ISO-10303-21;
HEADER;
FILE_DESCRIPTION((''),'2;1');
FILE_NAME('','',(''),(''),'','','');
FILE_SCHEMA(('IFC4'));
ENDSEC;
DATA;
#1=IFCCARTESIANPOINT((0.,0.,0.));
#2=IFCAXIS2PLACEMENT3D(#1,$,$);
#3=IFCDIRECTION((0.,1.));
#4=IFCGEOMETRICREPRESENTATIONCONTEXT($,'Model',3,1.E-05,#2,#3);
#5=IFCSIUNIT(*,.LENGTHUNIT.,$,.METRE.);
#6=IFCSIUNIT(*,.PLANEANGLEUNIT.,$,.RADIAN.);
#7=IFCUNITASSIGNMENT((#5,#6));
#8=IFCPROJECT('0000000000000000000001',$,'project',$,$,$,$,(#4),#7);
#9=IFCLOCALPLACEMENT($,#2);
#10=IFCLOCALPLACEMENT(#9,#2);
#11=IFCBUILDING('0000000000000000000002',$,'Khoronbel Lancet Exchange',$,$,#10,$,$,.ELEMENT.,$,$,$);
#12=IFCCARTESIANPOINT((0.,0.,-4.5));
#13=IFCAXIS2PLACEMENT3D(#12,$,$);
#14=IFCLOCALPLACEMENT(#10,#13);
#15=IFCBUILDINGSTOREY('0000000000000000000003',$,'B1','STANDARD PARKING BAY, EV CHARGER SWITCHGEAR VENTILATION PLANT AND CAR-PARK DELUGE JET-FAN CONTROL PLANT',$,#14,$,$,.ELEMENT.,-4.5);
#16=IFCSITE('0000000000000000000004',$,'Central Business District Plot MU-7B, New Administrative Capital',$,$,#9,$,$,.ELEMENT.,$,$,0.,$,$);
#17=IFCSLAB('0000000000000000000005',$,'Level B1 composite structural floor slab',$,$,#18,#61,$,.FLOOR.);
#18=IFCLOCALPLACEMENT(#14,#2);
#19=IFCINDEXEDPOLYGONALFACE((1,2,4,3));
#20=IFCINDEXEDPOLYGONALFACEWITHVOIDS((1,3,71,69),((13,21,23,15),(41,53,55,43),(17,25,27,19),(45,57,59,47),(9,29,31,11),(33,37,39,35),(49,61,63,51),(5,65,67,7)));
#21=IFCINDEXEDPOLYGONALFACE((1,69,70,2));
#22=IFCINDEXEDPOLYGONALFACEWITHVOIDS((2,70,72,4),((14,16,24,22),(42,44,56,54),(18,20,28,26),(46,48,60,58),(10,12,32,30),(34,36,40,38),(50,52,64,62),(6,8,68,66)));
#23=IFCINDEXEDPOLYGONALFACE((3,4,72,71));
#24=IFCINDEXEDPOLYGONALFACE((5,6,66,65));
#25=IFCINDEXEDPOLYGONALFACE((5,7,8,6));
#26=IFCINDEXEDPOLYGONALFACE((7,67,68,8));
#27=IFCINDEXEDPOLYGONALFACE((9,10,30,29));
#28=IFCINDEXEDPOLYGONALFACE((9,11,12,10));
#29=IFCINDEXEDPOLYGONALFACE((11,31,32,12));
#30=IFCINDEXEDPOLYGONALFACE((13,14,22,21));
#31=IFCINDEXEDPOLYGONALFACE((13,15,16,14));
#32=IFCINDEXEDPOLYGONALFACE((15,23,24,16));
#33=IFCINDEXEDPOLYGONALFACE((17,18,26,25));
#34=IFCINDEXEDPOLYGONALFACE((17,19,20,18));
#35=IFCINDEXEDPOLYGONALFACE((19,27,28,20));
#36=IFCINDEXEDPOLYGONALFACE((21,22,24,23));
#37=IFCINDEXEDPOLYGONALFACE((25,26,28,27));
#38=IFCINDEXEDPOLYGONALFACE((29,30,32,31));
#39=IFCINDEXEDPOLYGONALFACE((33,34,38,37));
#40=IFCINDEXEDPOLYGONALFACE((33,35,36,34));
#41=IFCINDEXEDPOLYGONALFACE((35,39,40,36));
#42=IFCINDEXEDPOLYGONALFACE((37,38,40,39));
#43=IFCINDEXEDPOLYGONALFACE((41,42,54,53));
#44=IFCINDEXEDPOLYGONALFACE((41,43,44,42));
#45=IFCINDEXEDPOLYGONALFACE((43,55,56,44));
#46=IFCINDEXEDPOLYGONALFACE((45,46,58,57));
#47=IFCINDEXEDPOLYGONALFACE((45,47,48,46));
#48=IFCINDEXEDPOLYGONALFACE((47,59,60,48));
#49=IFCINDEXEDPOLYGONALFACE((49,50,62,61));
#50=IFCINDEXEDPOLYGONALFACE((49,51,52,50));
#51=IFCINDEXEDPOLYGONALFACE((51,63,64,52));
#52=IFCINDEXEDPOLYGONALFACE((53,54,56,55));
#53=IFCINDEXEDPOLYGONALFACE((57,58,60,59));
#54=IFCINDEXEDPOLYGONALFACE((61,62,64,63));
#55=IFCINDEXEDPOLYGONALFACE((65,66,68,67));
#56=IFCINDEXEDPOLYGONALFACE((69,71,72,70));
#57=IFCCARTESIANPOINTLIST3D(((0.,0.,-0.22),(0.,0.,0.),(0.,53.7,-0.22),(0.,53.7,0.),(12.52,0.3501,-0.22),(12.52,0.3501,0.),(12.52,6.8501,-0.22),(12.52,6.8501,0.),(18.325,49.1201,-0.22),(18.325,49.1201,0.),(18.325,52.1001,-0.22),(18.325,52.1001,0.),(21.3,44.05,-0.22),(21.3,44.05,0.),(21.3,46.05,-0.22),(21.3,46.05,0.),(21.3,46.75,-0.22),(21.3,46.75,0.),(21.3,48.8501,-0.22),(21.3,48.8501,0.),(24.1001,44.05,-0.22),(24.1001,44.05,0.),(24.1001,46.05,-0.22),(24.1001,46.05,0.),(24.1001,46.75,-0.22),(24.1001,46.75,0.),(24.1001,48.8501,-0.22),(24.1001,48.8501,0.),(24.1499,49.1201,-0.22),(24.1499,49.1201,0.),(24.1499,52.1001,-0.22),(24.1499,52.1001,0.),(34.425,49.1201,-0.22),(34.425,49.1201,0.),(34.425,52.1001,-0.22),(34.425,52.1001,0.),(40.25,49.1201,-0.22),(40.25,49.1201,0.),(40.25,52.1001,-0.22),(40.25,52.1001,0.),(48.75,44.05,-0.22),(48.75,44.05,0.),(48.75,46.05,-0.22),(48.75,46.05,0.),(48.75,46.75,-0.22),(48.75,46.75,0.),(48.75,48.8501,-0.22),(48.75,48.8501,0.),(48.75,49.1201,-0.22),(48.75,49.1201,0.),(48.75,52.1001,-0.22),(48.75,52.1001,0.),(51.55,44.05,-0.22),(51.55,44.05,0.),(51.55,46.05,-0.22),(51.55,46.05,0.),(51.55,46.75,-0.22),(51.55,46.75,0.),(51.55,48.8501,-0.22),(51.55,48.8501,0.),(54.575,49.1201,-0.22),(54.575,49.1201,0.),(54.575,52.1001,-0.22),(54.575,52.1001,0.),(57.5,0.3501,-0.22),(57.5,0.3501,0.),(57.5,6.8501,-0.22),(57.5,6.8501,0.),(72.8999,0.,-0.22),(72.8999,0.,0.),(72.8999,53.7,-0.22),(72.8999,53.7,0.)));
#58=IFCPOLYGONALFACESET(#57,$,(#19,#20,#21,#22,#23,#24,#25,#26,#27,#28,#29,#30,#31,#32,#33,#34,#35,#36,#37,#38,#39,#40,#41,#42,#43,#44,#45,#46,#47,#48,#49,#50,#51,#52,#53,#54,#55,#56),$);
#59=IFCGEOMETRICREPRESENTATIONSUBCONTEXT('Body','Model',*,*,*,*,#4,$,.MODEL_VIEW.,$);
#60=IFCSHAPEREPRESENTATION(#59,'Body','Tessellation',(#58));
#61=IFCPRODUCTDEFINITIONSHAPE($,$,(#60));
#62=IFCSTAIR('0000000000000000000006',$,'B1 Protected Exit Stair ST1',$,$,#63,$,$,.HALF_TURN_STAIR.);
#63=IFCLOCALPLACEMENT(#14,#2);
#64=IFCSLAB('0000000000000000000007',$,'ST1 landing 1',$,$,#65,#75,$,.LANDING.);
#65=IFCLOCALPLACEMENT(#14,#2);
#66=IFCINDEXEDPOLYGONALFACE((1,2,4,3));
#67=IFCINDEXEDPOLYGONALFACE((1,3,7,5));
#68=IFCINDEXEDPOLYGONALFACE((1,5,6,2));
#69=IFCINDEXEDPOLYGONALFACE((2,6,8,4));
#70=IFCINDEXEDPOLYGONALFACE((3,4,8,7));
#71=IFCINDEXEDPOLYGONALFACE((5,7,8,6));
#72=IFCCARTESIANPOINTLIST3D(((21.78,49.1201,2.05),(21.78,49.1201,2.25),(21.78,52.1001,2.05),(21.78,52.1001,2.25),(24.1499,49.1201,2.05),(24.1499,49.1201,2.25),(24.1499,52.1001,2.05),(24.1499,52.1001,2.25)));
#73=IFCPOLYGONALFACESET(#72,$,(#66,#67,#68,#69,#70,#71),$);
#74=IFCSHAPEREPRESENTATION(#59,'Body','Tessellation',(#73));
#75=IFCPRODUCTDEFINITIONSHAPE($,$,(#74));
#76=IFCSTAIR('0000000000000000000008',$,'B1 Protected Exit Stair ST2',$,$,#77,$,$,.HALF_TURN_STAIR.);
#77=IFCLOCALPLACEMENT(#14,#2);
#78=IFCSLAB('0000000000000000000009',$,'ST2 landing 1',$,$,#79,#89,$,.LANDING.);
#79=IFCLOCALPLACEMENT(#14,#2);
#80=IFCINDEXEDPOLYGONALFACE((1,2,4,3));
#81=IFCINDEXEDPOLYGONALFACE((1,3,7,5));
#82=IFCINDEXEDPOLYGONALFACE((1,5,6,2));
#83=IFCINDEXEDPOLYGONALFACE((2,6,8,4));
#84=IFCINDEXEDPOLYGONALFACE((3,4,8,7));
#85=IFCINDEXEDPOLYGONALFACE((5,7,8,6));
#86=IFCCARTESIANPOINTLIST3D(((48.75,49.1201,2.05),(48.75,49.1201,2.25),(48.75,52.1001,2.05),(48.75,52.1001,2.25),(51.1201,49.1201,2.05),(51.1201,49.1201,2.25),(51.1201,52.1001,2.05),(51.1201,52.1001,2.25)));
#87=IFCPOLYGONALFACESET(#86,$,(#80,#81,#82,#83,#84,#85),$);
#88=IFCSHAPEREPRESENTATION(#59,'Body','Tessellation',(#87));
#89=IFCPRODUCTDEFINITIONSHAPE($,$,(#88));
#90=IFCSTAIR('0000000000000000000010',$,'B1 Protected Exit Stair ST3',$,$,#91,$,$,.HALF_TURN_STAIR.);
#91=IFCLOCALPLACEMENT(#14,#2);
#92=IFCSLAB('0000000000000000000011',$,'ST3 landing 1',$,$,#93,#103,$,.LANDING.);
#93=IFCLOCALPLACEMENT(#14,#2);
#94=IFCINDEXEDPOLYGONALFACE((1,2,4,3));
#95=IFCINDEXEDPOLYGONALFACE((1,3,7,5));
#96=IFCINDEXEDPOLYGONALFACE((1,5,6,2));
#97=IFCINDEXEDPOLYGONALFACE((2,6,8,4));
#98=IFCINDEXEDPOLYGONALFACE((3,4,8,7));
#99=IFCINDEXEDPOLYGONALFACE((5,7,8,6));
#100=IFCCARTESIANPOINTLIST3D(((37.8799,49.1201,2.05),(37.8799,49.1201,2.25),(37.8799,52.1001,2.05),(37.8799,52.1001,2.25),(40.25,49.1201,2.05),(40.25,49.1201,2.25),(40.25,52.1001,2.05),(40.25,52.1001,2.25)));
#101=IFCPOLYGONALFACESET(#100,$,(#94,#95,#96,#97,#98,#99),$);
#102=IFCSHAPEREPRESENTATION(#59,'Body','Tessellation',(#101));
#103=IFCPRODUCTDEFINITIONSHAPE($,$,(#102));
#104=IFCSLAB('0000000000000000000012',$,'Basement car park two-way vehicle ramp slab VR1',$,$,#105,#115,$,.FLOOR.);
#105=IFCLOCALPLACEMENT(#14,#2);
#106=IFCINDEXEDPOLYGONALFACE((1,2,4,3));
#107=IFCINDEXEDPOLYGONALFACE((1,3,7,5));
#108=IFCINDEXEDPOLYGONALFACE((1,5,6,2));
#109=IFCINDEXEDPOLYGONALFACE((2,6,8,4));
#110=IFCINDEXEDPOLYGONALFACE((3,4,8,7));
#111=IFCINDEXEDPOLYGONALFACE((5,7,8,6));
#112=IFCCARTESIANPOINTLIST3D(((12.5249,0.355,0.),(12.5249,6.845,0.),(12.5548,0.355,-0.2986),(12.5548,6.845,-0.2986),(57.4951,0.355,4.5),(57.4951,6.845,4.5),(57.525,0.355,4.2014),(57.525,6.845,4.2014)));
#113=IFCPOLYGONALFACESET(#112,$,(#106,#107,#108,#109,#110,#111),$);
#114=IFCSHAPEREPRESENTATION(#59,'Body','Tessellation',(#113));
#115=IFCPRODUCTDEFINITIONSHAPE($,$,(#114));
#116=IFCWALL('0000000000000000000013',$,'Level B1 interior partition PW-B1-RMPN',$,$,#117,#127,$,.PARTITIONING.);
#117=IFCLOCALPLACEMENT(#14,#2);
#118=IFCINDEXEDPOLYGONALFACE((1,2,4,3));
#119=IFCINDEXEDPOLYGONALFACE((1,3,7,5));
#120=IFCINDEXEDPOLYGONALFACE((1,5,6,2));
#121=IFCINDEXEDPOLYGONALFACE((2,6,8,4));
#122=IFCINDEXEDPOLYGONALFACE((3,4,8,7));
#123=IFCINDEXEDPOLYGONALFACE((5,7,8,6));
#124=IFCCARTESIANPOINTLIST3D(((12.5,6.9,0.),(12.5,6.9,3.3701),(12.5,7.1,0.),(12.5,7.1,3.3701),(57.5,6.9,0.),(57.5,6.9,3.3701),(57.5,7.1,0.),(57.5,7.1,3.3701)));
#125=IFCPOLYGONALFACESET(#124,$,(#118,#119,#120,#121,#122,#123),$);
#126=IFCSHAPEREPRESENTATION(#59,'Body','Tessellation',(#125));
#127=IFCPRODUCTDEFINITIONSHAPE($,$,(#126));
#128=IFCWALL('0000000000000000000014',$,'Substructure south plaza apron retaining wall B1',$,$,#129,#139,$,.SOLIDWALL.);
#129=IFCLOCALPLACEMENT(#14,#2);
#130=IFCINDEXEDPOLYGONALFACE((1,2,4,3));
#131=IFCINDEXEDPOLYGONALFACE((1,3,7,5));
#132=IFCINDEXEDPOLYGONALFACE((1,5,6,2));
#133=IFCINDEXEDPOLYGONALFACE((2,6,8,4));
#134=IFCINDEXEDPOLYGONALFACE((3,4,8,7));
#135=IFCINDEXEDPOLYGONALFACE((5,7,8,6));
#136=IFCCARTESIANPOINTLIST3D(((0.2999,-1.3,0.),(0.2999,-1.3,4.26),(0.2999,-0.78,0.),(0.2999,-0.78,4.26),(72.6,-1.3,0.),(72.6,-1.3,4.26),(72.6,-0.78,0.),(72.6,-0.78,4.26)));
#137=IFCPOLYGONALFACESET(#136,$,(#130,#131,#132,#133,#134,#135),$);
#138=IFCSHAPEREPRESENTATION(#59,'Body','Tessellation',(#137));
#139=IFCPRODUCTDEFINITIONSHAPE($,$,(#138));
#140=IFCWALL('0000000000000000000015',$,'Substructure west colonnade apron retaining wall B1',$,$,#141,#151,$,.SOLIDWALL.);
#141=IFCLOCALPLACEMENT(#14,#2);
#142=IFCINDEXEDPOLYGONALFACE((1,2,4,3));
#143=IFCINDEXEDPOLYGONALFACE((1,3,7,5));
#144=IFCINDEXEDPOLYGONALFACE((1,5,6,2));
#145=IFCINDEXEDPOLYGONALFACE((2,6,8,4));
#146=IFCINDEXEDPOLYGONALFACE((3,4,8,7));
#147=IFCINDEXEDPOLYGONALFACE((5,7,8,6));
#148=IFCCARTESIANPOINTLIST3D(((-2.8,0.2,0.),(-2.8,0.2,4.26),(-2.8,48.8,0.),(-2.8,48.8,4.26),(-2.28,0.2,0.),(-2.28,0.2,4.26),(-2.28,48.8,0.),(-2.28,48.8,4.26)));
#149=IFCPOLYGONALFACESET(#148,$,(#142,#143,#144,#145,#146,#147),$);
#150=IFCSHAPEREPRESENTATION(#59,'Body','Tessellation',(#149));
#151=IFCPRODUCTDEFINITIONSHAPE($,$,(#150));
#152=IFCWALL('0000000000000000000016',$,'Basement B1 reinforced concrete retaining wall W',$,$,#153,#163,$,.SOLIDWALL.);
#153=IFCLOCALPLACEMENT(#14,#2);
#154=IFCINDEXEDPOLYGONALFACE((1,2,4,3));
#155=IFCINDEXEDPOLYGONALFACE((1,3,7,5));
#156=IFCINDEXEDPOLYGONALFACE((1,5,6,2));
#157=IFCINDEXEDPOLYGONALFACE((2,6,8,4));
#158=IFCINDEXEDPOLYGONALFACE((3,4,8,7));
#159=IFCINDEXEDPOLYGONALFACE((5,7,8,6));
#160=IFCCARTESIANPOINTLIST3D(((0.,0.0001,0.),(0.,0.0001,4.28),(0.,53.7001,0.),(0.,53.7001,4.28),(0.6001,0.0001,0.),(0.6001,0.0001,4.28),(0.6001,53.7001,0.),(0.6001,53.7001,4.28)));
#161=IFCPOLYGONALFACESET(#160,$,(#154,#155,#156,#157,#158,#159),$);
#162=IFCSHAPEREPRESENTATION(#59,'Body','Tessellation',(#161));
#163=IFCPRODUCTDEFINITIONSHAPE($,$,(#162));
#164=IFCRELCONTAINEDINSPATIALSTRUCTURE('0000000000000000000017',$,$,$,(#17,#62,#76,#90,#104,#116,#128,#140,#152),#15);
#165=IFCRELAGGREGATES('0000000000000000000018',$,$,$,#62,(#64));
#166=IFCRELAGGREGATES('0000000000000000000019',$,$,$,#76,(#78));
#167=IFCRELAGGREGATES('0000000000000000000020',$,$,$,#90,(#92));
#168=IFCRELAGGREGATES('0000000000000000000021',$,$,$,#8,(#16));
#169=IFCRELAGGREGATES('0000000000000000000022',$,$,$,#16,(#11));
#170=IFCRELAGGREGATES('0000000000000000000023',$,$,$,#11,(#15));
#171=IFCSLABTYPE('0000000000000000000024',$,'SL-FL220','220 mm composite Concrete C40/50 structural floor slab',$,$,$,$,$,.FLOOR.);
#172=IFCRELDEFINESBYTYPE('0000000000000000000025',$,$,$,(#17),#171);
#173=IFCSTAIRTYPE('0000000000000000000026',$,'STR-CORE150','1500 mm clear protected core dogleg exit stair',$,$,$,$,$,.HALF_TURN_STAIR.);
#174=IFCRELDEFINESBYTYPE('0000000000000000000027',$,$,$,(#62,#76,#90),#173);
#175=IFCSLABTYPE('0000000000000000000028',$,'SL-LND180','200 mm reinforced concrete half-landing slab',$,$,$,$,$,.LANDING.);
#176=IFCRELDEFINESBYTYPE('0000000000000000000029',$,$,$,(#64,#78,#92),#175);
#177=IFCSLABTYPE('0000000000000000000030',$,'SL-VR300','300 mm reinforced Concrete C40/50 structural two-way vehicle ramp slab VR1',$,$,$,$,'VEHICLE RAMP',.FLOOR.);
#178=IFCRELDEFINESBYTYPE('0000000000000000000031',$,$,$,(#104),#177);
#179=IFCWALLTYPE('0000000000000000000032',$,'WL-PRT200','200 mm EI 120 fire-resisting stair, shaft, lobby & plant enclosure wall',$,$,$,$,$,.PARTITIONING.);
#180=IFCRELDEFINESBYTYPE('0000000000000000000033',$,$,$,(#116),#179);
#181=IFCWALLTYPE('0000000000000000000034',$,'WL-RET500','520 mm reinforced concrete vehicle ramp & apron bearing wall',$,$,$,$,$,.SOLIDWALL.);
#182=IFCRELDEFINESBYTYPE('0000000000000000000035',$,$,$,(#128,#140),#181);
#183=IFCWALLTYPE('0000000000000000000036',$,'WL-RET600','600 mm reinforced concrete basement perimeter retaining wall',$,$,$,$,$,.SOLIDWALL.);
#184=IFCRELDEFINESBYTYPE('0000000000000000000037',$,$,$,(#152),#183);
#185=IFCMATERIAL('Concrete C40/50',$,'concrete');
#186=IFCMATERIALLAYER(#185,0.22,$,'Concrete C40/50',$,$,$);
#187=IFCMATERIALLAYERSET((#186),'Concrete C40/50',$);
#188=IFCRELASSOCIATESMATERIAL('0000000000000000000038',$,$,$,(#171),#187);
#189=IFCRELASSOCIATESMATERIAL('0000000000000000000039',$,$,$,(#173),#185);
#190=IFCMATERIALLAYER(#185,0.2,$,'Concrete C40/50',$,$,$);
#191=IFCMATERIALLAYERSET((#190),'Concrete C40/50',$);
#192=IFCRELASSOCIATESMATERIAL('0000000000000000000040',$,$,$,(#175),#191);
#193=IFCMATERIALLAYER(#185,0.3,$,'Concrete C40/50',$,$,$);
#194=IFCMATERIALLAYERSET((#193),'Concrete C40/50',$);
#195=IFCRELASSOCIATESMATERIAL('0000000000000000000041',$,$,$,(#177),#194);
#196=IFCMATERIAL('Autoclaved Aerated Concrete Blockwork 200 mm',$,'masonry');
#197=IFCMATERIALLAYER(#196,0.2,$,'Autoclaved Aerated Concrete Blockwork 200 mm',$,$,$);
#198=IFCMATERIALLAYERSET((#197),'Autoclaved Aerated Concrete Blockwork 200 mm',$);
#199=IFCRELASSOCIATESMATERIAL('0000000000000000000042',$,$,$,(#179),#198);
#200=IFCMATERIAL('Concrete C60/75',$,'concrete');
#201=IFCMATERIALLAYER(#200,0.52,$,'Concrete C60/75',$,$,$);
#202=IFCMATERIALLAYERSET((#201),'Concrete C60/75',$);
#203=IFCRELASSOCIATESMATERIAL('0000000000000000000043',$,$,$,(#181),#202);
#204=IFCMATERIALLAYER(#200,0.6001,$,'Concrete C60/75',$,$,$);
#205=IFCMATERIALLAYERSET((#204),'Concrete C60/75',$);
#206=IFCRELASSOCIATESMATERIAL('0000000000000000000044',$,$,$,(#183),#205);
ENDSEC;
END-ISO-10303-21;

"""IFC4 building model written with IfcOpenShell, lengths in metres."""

from ifc_helpers import new_model, si_unit, direction, frame, frame_2d, origin, place, context, subcontext, project, spatial, polyline, rectangle, outline, extrude, material, layer, layer_set, type_object, element, aggregate, save


model = new_model("IFC4")

# Units and contexts
model_context = context("Model", 3, precision=1e-05, world=origin(), true_north=direction((0.0, 1.0)))
body_context = subcontext(model_context, "Body", "Model", "MODEL_VIEW")
ifc_project = project(units=[si_unit("LENGTHUNIT", "METRE"), si_unit("PLANEANGLEUNIT", "RADIAN")], contexts=[model_context])

# Site, building, storey
site_placement = place(None, origin())
site = spatial("IfcSite", under=ifc_project, at=site_placement, Name="Central Business District Plot MU-7B, New Administrative Capital", CompositionType="ELEMENT", RefElevation=0.0)
building_placement = place(site_placement, origin())
building = spatial("IfcBuilding", under=site, at=building_placement, Name="Khoronbel Lancet Exchange", CompositionType="ELEMENT")
storey_placement = place(building_placement, frame((0.0, 0.0, -4.5)))
storey = spatial("IfcBuildingStorey", under=building, at=storey_placement, Name="B1", Description="STANDARD PARKING BAY, EV CHARGER SWITCHGEAR VENTILATION PLANT AND CAR-PARK DELUGE JET-FAN CONTROL PLANT", CompositionType="ELEMENT", Elevation=-4.5)

# Shared definitions
ifc_material_1 = material(Name="Concrete C60/75", Category="concrete")

# Slab
ifc_material_2 = material(Name="Concrete C40/50", Category="concrete")
ifc_layer_1 = layer(ifc_material_2, 0.22, Name="Concrete C40/50")
ifc_layer_set_1 = layer_set([ifc_layer_1], Name="Concrete C40/50")
slab_type_1 = type_object("IfcSlabType", Name="SL-FL220", Description="220 mm composite Concrete C40/50 structural floor slab", PredefinedType="FLOOR", material=ifc_layer_set_1)
slab_1_placement = place(storey_placement, frame((0.0, 0.0, -0.22)))
element("IfcSlab", 1, at=slab_1_placement, inside=storey, type_object=slab_type_1, Name="Level B1 composite structural floor slab", PredefinedType="FLOOR", context=body_context, shape_type="SweptSolid", body=[
    extrude(outline(polyline([(0.0, 0.0), (72.8999, 0.0), (72.8999, 53.7), (0.0, 53.7), (0.0, 0.0)]), holes=[polyline([(18.325, 49.1201), (24.1499, 49.1201), (24.1499, 52.1001), (18.325, 52.1001), (18.325, 49.1201)]), polyline([(48.75, 49.1201), (54.575, 49.1201), (54.575, 52.1001), (48.75, 52.1001), (48.75, 49.1201)]), polyline([(34.425, 49.1201), (40.25, 49.1201), (40.25, 52.1001), (34.425, 52.1001), (34.425, 49.1201)]), polyline([(21.3, 46.75), (24.1001, 46.75), (24.1001, 48.8501), (21.3, 48.8501), (21.3, 46.75)]), polyline([(48.75, 46.75), (51.55, 46.75), (51.55, 48.8501), (48.75, 48.8501), (48.75, 46.75)]), polyline([(21.3, 44.05), (24.1001, 44.05), (24.1001, 46.05), (21.3, 46.05), (21.3, 44.05)]), polyline([(48.75, 44.05), (51.55, 44.05), (51.55, 46.05), (48.75, 46.05), (48.75, 44.05)]), polyline([(12.52, 0.3501), (57.5, 0.3501), (57.5, 6.8501), (12.52, 6.8501), (12.52, 0.3501)])]), origin(), (0.0, 0.0, 1.0), 0.22),
])

# Stairs, slabs
stair_type = type_object("IfcStairType", Name="STR-CORE150", Description="1500 mm clear protected core dogleg exit stair", PredefinedType="HALF_TURN_STAIR", material=ifc_material_2)
stair_1_placement = place(storey_placement, origin())
stair_1 = element("IfcStair", 2, at=stair_1_placement, inside=storey, type_object=stair_type, Name="B1 Protected Exit Stair ST1", PredefinedType="HALF_TURN_STAIR")
ifc_layer_2 = layer(ifc_material_2, 0.2, Name="Concrete C40/50")
ifc_layer_set_2 = layer_set([ifc_layer_2], Name="Concrete C40/50")
slab_type_2 = type_object("IfcSlabType", Name="SL-LND180", Description="200 mm reinforced concrete half-landing slab", PredefinedType="LANDING", material=ifc_layer_set_2)
slab_2_placement = place(storey_placement, frame((0.0, 0.0, 2.05)))
slab_2 = element("IfcSlab", 3, at=slab_2_placement, type_object=slab_type_2, Name="ST1 landing 1", PredefinedType="LANDING", context=body_context, shape_type="SweptSolid", body=[
    extrude(outline(polyline([(21.78, 49.1201), (24.1499, 49.1201), (24.1499, 52.1001), (21.78, 52.1001), (21.78, 49.1201)])), origin(), (0.0, 0.0, 1.0), 0.2),
])
aggregate(stair_1, [slab_2])
stair_2_placement = place(storey_placement, origin())
stair_2 = element("IfcStair", 4, at=stair_2_placement, inside=storey, type_object=stair_type, Name="B1 Protected Exit Stair ST2", PredefinedType="HALF_TURN_STAIR")
slab_3_placement = place(storey_placement, frame((0.0, 0.0, 2.05)))
slab_3 = element("IfcSlab", 5, at=slab_3_placement, type_object=slab_type_2, Name="ST2 landing 1", PredefinedType="LANDING", context=body_context, shape_type="SweptSolid", body=[
    extrude(outline(polyline([(51.1201, 52.1001), (48.75, 52.1001), (48.75, 49.1201), (51.1201, 49.1201), (51.1201, 52.1001)])), origin(), (0.0, 0.0, 1.0), 0.2),
])
aggregate(stair_2, [slab_3])
stair_3_placement = place(storey_placement, origin())
stair_3 = element("IfcStair", 6, at=stair_3_placement, inside=storey, type_object=stair_type, Name="B1 Protected Exit Stair ST3", PredefinedType="HALF_TURN_STAIR")
slab_4_placement = place(storey_placement, frame((0.0, 0.0, 2.05)))
slab_4 = element("IfcSlab", 7, at=slab_4_placement, type_object=slab_type_2, Name="ST3 landing 1", PredefinedType="LANDING", context=body_context, shape_type="SweptSolid", body=[
    extrude(outline(polyline([(37.8799, 49.1201), (40.25, 49.1201), (40.25, 52.1001), (37.8799, 52.1001), (37.8799, 49.1201)])), origin(), (0.0, 0.0, 1.0), 0.2),
])
aggregate(stair_3, [slab_4])

# Slab
ifc_layer_3 = layer(ifc_material_2, 0.3, Name="Concrete C40/50")
ifc_layer_set_3 = layer_set([ifc_layer_3], Name="Concrete C40/50")
slab_type_3 = type_object("IfcSlabType", Name="SL-VR300", Description="300 mm reinforced Concrete C40/50 structural two-way vehicle ramp slab VR1", ElementType="VEHICLE RAMP", PredefinedType="FLOOR", material=ifc_layer_set_3)
slab_5_placement = place(storey_placement, frame((12.5249, 0.355, 0.0), z_axis=(-0.099569, 0.0, 0.995031), x_axis=(0.0, 1.0, 0.0)))
element("IfcSlab", 8, at=slab_5_placement, inside=storey, type_object=slab_type_3, Name="Basement car park two-way vehicle ramp slab VR1", PredefinedType="FLOOR", context=body_context, shape_type="SweptSolid", body=[
    extrude(outline(polyline([(0.0, 0.0), (6.49, 0.0), (6.49, -45.1948), (0.0, -45.1948), (0.0, 0.0)])), origin(), (0.0, 0.0, -1.0), 0.3),
])

# Walls
ifc_material_3 = material(Name="Autoclaved Aerated Concrete Blockwork 200 mm", Category="masonry")
ifc_layer_4 = layer(ifc_material_3, 0.2, Name="Autoclaved Aerated Concrete Blockwork 200 mm")
ifc_layer_set_4 = layer_set([ifc_layer_4], Name="Autoclaved Aerated Concrete Blockwork 200 mm")
wall_type_1 = type_object("IfcWallType", Name="WL-PRT200", Description="200 mm EI 120 fire-resisting stair, shaft, lobby & plant enclosure wall", PredefinedType="PARTITIONING", material=ifc_layer_set_4)
wall_1_placement = place(storey_placement, frame((12.5, 7.0, 0.0), z_axis=(0.0, 0.0, 1.0), x_axis=(1.0, 0.0, 0.0)))
element("IfcWall", 9, at=wall_1_placement, inside=storey, type_object=wall_type_1, Name="Level B1 interior partition PW-B1-RMPN", PredefinedType="PARTITIONING", context=body_context, shape_type="SweptSolid", body=[
    extrude(rectangle(XDim=45.0, YDim=0.2, at=frame_2d((22.5, 0.0))), origin(), (0.0, 0.0, 1.0), 3.3701),
])
ifc_layer_5 = layer(ifc_material_1, 0.52, Name="Concrete C60/75")
ifc_layer_set_5 = layer_set([ifc_layer_5], Name="Concrete C60/75")
wall_type_2 = type_object("IfcWallType", Name="WL-RET500", Description="520 mm reinforced concrete vehicle ramp & apron bearing wall", PredefinedType="SOLIDWALL", material=ifc_layer_set_5)
wall_2_placement = place(storey_placement, frame((0.3, -1.04, 0.0), z_axis=(0.0, 0.0, 1.0), x_axis=(1.0, 0.0, 0.0)))
element("IfcWall", 10, at=wall_2_placement, inside=storey, type_object=wall_type_2, Name="Substructure south plaza apron retaining wall B1", PredefinedType="SOLIDWALL", context=body_context, shape_type="SweptSolid", body=[
    extrude(rectangle(XDim=72.3, YDim=0.52, at=frame_2d((36.1499, 0.0))), origin(), (0.0, 0.0, 1.0), 4.26),
])
wall_3_placement = place(storey_placement, frame((-2.54, 0.2, 0.0), z_axis=(0.0, 0.0, 1.0), x_axis=(0.0, 1.0, 0.0)))
element("IfcWall", 11, at=wall_3_placement, inside=storey, type_object=wall_type_2, Name="Substructure west colonnade apron retaining wall B1", PredefinedType="SOLIDWALL", context=body_context, shape_type="SweptSolid", body=[
    extrude(rectangle(XDim=48.6001, YDim=0.52, at=frame_2d((24.3, 0.0))), origin(), (0.0, 0.0, 1.0), 4.26),
])
ifc_layer_6 = layer(ifc_material_1, 0.6001, Name="Concrete C60/75")
ifc_layer_set_6 = layer_set([ifc_layer_6], Name="Concrete C60/75")
wall_type_3 = type_object("IfcWallType", Name="WL-RET600", Description="600 mm reinforced concrete basement perimeter retaining wall", PredefinedType="SOLIDWALL", material=ifc_layer_set_6)
wall_4_placement = place(storey_placement, frame((0.3, 0.0, 0.0), z_axis=(0.0, 0.0, 1.0), x_axis=(0.0, 1.0, 0.0)))
element("IfcWall", 12, at=wall_4_placement, inside=storey, type_object=wall_type_3, Name="Basement B1 reinforced concrete retaining wall W", PredefinedType="SOLIDWALL", context=body_context, shape_type="SweptSolid", body=[
    extrude(rectangle(XDim=53.7, YDim=0.6001, at=frame_2d((26.8501, 0.0))), origin(), (0.0, 0.0, 1.0), 4.28),
])

save(model, "model.ifc")
